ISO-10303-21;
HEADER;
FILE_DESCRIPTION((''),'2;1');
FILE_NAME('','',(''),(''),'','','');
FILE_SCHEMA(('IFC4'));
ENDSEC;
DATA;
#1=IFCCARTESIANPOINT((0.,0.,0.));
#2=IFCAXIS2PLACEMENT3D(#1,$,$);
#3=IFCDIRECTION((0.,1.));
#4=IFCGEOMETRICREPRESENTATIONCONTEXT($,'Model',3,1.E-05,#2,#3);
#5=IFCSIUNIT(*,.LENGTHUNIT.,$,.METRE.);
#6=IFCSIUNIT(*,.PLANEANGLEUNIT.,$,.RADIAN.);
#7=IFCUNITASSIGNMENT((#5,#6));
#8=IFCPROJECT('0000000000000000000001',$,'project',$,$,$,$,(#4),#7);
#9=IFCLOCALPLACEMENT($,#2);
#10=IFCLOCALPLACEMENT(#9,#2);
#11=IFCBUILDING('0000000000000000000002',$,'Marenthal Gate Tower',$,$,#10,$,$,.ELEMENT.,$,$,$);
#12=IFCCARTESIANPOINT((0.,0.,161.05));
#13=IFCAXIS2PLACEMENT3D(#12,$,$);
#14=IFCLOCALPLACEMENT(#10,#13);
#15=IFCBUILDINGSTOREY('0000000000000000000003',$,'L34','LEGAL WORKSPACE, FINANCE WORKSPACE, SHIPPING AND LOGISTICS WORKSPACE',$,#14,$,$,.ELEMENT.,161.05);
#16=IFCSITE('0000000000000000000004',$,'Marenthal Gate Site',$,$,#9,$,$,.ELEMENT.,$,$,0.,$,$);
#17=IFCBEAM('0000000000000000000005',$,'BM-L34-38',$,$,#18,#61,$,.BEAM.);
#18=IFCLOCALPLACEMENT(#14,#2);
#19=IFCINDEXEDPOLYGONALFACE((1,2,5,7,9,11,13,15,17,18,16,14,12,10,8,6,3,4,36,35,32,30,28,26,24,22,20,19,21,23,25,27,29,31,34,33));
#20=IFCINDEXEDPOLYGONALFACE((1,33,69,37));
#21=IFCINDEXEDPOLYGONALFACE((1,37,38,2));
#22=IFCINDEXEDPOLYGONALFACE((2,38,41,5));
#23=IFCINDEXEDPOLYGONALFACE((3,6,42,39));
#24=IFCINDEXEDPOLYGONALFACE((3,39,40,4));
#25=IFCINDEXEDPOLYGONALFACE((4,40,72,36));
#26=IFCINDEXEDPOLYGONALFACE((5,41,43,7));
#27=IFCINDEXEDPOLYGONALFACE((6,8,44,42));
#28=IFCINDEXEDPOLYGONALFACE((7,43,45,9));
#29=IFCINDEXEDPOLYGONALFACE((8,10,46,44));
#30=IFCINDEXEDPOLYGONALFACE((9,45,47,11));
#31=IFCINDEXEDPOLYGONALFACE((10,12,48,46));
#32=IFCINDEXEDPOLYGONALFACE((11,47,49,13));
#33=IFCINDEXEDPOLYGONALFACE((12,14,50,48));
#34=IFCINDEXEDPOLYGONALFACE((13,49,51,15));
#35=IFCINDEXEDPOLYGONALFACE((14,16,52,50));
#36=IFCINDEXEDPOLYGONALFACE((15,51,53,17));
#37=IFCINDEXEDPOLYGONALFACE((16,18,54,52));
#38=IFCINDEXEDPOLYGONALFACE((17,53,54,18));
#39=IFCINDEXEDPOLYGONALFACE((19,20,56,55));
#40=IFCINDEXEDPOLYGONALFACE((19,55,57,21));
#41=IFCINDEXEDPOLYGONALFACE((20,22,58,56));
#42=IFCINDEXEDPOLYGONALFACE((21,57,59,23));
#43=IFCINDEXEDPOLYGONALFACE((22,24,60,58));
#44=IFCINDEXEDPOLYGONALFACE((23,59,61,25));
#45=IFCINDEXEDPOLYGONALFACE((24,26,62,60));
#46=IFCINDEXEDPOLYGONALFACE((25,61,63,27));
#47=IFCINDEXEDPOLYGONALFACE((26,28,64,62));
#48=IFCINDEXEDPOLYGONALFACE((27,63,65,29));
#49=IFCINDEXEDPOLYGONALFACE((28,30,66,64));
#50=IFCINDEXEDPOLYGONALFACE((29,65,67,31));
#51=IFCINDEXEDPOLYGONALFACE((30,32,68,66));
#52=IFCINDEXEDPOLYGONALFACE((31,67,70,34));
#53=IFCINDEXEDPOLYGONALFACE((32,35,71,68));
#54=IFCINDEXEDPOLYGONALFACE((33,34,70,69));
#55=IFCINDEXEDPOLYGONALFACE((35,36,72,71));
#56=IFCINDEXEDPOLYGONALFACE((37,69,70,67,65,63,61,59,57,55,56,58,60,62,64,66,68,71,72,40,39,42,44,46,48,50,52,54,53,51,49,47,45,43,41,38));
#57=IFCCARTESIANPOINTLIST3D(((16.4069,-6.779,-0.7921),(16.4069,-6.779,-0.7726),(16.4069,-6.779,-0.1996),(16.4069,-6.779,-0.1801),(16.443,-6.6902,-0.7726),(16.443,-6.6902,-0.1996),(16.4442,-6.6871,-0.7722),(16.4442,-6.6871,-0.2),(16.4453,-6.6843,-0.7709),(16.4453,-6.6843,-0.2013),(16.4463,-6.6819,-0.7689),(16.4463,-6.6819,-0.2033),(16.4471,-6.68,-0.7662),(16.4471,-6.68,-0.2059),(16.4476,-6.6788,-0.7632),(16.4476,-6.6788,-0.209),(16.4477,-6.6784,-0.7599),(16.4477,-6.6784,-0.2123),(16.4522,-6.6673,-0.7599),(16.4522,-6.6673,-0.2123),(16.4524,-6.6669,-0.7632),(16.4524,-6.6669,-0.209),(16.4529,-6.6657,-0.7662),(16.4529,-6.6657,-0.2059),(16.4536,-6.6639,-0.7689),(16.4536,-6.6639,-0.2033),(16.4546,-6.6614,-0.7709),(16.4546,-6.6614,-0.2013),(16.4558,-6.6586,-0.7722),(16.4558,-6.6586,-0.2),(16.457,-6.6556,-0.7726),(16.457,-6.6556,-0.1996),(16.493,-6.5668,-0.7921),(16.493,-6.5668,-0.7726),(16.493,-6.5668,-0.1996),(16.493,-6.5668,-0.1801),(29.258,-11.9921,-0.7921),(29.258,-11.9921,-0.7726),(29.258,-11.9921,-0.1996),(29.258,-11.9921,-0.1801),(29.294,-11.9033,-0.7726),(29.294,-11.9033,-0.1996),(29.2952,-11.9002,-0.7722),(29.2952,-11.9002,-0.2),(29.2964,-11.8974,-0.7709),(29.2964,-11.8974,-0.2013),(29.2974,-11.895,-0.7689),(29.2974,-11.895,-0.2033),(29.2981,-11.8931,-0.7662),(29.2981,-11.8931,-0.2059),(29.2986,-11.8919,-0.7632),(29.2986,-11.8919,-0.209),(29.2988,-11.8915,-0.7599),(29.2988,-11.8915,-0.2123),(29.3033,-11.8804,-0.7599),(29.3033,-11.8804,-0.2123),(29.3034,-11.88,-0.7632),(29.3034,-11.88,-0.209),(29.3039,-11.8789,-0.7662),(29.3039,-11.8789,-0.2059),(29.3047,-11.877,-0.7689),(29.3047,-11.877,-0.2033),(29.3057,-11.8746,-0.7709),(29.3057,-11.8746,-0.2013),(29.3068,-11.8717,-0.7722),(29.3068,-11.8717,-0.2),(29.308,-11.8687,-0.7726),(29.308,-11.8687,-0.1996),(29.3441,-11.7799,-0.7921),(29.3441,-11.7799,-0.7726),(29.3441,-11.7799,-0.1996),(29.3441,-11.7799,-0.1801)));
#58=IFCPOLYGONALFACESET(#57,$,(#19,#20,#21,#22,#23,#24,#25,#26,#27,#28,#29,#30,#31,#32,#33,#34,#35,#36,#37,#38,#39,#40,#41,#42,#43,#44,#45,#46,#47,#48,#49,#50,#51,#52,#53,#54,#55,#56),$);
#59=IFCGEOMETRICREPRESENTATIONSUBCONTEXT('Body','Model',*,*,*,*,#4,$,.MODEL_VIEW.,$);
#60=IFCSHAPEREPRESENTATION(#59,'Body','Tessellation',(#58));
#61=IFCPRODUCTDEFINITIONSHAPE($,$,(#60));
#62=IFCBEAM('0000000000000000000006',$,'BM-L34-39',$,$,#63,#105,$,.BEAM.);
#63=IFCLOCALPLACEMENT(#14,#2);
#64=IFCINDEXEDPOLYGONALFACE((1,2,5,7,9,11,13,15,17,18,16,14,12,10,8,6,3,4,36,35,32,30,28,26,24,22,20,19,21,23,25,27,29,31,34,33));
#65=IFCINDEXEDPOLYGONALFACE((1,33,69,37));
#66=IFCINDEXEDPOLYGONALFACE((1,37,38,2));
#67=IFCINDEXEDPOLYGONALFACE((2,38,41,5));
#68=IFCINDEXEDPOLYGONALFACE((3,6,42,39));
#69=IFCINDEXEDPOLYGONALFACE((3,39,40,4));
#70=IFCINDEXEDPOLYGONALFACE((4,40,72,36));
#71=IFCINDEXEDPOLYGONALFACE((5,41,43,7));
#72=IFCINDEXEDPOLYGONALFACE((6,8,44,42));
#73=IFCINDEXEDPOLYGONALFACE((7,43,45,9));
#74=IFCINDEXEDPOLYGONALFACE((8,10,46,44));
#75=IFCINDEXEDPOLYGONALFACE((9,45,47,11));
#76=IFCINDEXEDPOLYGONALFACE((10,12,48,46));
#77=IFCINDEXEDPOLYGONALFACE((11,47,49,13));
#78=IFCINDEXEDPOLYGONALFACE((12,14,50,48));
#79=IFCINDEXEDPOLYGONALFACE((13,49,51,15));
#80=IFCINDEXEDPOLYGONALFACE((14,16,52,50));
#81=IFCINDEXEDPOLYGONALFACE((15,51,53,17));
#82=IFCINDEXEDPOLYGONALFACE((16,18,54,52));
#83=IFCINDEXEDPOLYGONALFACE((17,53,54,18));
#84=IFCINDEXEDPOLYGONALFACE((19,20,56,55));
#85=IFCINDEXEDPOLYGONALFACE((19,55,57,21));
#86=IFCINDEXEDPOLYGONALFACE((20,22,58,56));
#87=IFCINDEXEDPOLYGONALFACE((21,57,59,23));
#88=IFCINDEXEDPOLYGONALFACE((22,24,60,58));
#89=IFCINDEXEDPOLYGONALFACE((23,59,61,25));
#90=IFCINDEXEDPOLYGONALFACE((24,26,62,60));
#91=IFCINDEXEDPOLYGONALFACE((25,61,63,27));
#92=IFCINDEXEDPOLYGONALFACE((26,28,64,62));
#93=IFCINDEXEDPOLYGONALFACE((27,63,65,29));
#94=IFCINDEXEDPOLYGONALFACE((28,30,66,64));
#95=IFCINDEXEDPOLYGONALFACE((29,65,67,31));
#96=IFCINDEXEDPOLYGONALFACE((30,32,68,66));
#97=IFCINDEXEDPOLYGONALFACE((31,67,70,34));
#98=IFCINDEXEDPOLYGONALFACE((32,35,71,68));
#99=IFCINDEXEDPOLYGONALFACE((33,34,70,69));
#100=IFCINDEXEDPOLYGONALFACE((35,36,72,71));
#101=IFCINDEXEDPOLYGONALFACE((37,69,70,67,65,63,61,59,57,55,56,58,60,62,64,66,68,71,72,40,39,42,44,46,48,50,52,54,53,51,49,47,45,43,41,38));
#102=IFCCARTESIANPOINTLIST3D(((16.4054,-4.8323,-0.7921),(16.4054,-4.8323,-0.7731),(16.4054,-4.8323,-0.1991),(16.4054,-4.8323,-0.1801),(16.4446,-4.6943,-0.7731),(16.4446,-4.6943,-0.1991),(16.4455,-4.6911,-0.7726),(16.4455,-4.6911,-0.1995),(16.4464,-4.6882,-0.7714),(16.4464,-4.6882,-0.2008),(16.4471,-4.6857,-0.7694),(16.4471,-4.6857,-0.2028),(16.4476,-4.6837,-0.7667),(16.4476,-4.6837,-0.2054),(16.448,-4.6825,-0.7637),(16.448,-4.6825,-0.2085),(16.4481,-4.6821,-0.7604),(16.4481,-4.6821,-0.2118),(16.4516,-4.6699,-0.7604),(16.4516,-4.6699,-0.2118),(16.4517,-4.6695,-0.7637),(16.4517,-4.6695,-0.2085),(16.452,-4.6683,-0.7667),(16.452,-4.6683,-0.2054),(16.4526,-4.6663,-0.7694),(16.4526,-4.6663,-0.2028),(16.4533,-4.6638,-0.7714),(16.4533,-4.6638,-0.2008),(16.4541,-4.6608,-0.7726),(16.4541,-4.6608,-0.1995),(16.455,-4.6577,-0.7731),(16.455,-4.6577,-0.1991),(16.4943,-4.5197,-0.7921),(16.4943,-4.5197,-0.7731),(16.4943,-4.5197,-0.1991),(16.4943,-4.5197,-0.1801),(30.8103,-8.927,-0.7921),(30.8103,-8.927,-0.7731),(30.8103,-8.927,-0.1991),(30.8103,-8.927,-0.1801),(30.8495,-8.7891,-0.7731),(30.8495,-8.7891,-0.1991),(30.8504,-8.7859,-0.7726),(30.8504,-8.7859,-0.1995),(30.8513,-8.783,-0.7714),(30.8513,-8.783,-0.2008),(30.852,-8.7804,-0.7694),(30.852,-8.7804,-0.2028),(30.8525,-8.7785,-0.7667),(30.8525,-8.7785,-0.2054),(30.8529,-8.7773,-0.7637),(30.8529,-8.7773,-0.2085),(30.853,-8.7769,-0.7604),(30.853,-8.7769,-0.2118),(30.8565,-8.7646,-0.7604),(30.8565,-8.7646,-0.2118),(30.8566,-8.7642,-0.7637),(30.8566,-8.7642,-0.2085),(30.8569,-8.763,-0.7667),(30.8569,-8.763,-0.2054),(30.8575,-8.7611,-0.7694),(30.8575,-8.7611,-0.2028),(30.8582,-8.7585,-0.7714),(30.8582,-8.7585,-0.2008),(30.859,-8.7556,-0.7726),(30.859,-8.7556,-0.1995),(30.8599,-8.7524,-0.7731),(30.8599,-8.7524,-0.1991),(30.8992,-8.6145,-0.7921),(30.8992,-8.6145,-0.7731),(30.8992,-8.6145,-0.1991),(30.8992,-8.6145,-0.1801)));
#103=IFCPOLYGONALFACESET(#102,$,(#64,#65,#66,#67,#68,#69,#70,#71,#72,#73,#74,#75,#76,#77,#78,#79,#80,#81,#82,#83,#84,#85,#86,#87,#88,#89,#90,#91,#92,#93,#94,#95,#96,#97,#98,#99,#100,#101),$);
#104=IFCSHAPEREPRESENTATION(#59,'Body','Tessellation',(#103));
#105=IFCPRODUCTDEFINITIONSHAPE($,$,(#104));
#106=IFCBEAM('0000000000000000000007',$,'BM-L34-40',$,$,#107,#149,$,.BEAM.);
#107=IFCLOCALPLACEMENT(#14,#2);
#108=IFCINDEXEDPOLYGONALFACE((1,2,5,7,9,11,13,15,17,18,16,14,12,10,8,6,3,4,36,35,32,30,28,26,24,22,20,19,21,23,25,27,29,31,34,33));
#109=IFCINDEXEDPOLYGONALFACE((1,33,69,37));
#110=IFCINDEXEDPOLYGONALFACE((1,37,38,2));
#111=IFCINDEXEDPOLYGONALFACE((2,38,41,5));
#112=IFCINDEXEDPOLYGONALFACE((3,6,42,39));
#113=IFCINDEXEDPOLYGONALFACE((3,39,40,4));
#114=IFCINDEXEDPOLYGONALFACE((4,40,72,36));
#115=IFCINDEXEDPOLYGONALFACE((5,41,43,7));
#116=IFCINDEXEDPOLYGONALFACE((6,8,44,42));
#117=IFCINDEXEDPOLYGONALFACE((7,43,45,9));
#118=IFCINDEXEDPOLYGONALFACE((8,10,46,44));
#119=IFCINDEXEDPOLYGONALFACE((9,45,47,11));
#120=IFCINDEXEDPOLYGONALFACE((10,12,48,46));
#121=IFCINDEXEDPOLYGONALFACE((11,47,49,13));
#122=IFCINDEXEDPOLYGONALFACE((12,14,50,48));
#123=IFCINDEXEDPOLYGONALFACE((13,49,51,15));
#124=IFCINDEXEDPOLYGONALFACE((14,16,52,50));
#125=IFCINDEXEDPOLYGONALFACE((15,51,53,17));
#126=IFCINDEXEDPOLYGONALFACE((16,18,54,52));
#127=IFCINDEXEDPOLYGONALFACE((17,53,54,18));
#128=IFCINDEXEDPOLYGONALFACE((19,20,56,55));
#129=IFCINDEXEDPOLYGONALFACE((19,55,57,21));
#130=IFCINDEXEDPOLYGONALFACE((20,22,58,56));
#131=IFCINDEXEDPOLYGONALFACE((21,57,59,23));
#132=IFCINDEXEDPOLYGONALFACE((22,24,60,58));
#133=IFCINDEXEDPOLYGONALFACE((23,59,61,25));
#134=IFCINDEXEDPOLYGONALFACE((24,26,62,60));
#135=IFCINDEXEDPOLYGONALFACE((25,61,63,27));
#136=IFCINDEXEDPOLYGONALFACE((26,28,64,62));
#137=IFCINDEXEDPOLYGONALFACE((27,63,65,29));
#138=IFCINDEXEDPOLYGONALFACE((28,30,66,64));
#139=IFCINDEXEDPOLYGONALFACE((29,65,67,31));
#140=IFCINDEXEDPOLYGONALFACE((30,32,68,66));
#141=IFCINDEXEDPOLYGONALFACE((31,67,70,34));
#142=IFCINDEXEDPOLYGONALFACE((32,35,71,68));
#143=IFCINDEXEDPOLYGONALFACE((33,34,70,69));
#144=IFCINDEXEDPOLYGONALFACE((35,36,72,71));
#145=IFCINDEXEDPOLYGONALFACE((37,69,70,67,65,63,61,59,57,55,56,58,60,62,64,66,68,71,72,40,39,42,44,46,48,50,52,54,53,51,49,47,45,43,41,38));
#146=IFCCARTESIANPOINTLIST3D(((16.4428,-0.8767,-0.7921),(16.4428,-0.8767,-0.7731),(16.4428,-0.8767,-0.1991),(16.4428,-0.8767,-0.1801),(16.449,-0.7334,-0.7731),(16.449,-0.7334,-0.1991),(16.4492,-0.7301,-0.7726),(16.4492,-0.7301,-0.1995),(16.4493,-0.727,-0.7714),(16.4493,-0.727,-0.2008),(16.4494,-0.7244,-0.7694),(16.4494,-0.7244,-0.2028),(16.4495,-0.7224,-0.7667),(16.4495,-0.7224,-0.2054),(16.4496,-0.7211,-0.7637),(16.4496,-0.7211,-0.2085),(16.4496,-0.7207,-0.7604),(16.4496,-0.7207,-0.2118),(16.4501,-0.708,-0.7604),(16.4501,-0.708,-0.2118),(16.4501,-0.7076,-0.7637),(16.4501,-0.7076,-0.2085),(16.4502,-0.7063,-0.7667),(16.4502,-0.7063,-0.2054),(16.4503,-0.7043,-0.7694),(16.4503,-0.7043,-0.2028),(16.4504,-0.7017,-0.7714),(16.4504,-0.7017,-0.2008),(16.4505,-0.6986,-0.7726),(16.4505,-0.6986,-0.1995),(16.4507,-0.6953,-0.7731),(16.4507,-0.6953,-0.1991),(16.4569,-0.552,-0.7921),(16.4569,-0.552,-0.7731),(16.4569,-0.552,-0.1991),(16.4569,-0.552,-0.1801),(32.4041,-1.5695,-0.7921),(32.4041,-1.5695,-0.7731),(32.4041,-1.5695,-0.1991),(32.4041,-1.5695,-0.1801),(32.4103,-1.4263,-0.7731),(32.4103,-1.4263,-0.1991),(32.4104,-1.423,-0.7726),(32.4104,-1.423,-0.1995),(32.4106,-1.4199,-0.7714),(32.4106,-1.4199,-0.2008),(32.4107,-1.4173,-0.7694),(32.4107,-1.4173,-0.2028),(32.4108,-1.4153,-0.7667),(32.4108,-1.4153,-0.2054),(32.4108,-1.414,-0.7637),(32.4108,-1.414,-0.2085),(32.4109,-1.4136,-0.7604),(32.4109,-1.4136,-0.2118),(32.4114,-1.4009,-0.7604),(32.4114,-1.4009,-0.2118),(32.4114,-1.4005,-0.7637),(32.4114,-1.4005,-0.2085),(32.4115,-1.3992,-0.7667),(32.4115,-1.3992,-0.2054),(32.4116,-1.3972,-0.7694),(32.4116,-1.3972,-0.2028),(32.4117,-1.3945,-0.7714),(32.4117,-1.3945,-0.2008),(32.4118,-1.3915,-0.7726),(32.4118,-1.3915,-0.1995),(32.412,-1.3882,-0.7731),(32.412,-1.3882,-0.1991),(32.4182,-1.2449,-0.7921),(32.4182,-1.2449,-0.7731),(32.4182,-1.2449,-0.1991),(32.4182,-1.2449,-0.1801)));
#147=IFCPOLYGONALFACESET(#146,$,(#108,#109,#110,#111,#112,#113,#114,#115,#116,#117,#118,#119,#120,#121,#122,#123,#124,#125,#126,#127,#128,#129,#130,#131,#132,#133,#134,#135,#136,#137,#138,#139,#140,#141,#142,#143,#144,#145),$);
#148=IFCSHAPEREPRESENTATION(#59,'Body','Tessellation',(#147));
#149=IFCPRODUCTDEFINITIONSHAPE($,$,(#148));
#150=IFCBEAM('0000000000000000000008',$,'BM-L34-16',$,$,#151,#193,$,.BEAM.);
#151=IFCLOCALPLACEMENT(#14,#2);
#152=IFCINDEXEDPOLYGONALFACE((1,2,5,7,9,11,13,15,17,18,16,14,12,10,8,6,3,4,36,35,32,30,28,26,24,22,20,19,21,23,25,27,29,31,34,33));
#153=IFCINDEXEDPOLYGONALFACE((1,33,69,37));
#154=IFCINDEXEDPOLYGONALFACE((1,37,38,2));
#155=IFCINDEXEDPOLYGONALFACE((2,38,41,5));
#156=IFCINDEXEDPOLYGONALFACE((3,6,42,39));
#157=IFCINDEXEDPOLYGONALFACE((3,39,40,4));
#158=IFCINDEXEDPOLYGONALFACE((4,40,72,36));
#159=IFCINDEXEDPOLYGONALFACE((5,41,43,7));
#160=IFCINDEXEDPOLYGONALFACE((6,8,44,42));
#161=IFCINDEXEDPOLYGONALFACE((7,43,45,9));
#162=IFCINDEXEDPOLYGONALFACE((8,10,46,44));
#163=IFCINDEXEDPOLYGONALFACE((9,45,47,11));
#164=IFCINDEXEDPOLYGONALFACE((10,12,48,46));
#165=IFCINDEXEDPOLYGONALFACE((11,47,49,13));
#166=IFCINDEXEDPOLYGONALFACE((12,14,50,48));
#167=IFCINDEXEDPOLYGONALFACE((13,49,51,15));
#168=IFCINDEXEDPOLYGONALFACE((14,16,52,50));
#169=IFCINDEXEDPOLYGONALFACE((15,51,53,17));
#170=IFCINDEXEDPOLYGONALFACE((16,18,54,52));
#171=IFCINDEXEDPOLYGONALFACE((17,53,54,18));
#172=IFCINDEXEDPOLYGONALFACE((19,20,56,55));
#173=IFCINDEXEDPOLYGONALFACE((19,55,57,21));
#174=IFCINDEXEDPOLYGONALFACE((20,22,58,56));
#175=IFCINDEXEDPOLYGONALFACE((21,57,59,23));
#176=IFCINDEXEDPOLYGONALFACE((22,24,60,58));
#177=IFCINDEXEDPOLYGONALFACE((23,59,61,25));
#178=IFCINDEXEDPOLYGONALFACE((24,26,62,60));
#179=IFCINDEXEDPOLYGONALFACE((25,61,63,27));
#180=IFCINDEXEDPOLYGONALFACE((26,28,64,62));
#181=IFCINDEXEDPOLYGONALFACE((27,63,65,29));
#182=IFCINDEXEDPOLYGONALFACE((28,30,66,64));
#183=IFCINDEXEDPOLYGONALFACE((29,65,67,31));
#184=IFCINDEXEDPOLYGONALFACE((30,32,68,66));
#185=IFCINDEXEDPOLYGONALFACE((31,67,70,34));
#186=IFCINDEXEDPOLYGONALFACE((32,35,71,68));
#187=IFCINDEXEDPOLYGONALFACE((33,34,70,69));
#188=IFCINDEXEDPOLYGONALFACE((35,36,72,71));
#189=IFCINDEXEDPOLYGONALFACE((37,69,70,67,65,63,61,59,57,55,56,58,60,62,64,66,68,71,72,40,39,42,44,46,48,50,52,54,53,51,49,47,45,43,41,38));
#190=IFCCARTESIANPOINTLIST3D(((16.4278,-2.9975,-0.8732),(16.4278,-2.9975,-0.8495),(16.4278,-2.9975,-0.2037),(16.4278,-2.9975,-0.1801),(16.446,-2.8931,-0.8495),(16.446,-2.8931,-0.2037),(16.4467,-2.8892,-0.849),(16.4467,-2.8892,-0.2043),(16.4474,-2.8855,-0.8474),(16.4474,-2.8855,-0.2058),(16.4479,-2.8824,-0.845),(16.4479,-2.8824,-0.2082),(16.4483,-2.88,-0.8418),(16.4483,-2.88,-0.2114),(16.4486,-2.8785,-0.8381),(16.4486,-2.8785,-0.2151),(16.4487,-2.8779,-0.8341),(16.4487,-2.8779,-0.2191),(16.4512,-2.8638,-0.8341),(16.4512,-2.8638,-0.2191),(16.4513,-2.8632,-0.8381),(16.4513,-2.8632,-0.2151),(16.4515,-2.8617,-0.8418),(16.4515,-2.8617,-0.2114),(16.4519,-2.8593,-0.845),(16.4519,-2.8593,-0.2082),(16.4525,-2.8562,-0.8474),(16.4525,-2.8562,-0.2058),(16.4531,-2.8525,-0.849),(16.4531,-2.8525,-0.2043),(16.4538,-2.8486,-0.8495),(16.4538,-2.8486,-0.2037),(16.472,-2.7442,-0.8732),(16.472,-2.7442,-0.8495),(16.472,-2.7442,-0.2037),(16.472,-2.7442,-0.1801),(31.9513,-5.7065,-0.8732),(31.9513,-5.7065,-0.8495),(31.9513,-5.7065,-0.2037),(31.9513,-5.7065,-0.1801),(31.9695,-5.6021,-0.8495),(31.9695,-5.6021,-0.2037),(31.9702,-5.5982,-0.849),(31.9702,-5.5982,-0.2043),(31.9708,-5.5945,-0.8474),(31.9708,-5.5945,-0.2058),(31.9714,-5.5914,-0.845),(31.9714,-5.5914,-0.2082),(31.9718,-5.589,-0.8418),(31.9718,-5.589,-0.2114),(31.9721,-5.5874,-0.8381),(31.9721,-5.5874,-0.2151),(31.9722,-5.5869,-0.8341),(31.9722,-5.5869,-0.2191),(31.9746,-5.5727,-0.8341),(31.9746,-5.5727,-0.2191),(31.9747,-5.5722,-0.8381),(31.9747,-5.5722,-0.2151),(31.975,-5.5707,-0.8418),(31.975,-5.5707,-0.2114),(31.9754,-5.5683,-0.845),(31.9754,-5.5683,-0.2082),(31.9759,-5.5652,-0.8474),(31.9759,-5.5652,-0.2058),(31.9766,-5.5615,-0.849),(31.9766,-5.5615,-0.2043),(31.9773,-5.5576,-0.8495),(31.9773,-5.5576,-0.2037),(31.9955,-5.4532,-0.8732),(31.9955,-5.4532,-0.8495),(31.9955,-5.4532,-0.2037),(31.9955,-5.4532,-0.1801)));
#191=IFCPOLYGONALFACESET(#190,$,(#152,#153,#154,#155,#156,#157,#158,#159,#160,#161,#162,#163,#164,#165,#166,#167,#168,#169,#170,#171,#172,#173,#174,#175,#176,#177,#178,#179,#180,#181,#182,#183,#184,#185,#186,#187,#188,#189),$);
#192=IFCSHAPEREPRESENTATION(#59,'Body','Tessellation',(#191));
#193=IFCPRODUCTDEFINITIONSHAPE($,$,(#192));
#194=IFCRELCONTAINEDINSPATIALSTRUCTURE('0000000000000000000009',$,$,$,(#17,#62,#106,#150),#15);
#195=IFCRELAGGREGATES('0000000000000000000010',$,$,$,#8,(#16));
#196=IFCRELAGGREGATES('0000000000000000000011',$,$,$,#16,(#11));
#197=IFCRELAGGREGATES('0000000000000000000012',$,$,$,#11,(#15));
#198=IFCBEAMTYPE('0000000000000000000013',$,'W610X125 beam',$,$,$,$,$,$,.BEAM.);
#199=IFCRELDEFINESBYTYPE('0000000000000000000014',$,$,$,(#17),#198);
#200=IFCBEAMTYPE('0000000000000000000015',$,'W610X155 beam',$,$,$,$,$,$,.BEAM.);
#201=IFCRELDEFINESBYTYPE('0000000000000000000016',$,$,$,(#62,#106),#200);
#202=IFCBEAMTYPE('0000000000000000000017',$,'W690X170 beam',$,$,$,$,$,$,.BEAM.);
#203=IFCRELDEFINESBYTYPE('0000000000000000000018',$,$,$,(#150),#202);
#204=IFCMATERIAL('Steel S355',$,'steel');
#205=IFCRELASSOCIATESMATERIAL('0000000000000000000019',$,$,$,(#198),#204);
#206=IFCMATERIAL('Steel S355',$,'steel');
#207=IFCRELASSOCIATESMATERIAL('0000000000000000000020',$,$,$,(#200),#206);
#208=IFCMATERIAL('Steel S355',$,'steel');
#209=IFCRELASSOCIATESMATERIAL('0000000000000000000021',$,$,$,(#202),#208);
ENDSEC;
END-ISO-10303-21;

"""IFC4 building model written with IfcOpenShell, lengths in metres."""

from ifc_helpers import new_model, si_unit, direction, frame, origin, origin_2d, place, context, subcontext, project, spatial, i_section, extrude, material, material_profile, profile_set, type_object, element, save


model = new_model("IFC4")

# Units and contexts
model_context = context("Model", 3, precision=1e-05, world=origin(), true_north=direction((0.0, 1.0)))
body_context = subcontext(model_context, "Body", "Model", "MODEL_VIEW")
ifc_project = project(units=[si_unit("LENGTHUNIT", "METRE"), si_unit("PLANEANGLEUNIT", "RADIAN")], contexts=[model_context])

# Site, building, storey
site_placement = place(None, origin())
site = spatial("IfcSite", under=ifc_project, at=site_placement, Name="Marenthal Gate Site", CompositionType="ELEMENT", RefElevation=0.0)
building_placement = place(site_placement, origin())
building = spatial("IfcBuilding", under=site, at=building_placement, Name="Marenthal Gate Tower", CompositionType="ELEMENT")
storey_placement = place(building_placement, frame((0.0, 0.0, 161.05)))
storey = spatial("IfcBuildingStorey", under=building, at=storey_placement, Name="L34", Description="LEGAL WORKSPACE, FINANCE WORKSPACE, SHIPPING AND LOGISTICS WORKSPACE", CompositionType="ELEMENT", Elevation=161.05)

# Beams
ifc_material_1 = material(Name="Steel S355", Category="steel")
ifc_material_profile_1 = material_profile(ifc_material_1, i_section(OverallWidth=0.229, OverallDepth=0.6121, WebThickness=0.012, FlangeThickness=0.0195, FilletRadius=0.0127, at=origin_2d()), Name="W610X125")
ifc_profile_set_1 = profile_set([ifc_material_profile_1], Name="Steel S355")
beam_type_1 = type_object("IfcBeamType", Name="W610X125 beam", PredefinedType="BEAM", material=ifc_profile_set_1)
beam_1_placement = place(storey_placement, frame((29.301, -11.886, -0.4861), z_axis=(-0.926658, 0.375906, 0.0), x_axis=(-0.375906, -0.926658, 0.0)))
element("IfcBeam", 1, at=beam_1_placement, inside=storey, type_object=beam_type_1, Name="BM-L34-38", PredefinedType="BEAM", context=body_context, shape_type="SweptSolid", body=[
    extrude(i_section(OverallWidth=0.229, OverallDepth=0.6121, WebThickness=0.012, FlangeThickness=0.0195, FilletRadius=0.0127, at=origin_2d()), origin(), (0.0, 0.0, 1.0), 13.8682),
])
ifc_material_2 = material(Name="Steel S355", Category="steel")
ifc_material_profile_2 = material_profile(ifc_material_2, i_section(OverallWidth=0.325, OverallDepth=0.6121, WebThickness=0.0127, FlangeThickness=0.019, FilletRadius=0.0127, at=origin_2d()), Name="W610X155")
ifc_profile_set_2 = profile_set([ifc_material_profile_2], Name="Steel S355")
beam_type_2 = type_object("IfcBeamType", Name="W610X155 beam", PredefinedType="BEAM", material=ifc_profile_set_2)
beam_2_placement = place(storey_placement, frame((30.8547, -8.7708, -0.4861), z_axis=(-0.961892, 0.273429, 0.0), x_axis=(-0.273429, -0.961892, 0.0)))
element("IfcBeam", 2, at=beam_2_placement, inside=storey, type_object=beam_type_2, Name="BM-L34-39", PredefinedType="BEAM", context=body_context, shape_type="SweptSolid", body=[
    extrude(i_section(OverallWidth=0.325, OverallDepth=0.6121, WebThickness=0.0127, FlangeThickness=0.019, FilletRadius=0.0127, at=origin_2d()), origin(), (0.0, 0.0, 1.0), 14.9756),
])
beam_3_placement = place(storey_placement, frame((32.4111, -1.4072, -0.4861), z_axis=(-0.999059, 0.043369, 0.0), x_axis=(-0.043369, -0.999059, 0.0)))
element("IfcBeam", 3, at=beam_3_placement, inside=storey, type_object=beam_type_2, Name="BM-L34-40", PredefinedType="BEAM", context=body_context, shape_type="SweptSolid", body=[
    extrude(i_section(OverallWidth=0.325, OverallDepth=0.6121, WebThickness=0.0127, FlangeThickness=0.019, FilletRadius=0.0127, at=origin_2d()), origin(), (0.0, 0.0, 1.0), 15.9763),
])
ifc_material_3 = material(Name="Steel S355", Category="steel")
ifc_material_profile_3 = material_profile(ifc_material_3, i_section(OverallWidth=0.2571, OverallDepth=0.6931, WebThickness=0.0144, FlangeThickness=0.0237, FilletRadius=0.0154, at=origin_2d()), Name="W690X170")
ifc_profile_set_3 = profile_set([ifc_material_profile_3], Name="Steel S355")
beam_type_3 = type_object("IfcBeamType", Name="W690X170 beam", PredefinedType="BEAM", material=ifc_profile_set_3)
beam_4_placement = place(storey_placement, frame((31.9734, -5.5798, -0.5266), z_axis=(-0.985112, 0.171911, 0.0), x_axis=(-0.171911, -0.985112, 0.0)))
element("IfcBeam", 4, at=beam_4_placement, inside=storey, type_object=beam_type_3, Name="BM-L34-16", PredefinedType="BEAM", context=body_context, shape_type="SweptSolid", body=[
    extrude(i_section(OverallWidth=0.2571, OverallDepth=0.6931, WebThickness=0.0144, FlangeThickness=0.0237, FilletRadius=0.0154, at=origin_2d()), origin(), (0.0, 0.0, 1.0), 15.7581),
])

save(model, "model.ifc")
